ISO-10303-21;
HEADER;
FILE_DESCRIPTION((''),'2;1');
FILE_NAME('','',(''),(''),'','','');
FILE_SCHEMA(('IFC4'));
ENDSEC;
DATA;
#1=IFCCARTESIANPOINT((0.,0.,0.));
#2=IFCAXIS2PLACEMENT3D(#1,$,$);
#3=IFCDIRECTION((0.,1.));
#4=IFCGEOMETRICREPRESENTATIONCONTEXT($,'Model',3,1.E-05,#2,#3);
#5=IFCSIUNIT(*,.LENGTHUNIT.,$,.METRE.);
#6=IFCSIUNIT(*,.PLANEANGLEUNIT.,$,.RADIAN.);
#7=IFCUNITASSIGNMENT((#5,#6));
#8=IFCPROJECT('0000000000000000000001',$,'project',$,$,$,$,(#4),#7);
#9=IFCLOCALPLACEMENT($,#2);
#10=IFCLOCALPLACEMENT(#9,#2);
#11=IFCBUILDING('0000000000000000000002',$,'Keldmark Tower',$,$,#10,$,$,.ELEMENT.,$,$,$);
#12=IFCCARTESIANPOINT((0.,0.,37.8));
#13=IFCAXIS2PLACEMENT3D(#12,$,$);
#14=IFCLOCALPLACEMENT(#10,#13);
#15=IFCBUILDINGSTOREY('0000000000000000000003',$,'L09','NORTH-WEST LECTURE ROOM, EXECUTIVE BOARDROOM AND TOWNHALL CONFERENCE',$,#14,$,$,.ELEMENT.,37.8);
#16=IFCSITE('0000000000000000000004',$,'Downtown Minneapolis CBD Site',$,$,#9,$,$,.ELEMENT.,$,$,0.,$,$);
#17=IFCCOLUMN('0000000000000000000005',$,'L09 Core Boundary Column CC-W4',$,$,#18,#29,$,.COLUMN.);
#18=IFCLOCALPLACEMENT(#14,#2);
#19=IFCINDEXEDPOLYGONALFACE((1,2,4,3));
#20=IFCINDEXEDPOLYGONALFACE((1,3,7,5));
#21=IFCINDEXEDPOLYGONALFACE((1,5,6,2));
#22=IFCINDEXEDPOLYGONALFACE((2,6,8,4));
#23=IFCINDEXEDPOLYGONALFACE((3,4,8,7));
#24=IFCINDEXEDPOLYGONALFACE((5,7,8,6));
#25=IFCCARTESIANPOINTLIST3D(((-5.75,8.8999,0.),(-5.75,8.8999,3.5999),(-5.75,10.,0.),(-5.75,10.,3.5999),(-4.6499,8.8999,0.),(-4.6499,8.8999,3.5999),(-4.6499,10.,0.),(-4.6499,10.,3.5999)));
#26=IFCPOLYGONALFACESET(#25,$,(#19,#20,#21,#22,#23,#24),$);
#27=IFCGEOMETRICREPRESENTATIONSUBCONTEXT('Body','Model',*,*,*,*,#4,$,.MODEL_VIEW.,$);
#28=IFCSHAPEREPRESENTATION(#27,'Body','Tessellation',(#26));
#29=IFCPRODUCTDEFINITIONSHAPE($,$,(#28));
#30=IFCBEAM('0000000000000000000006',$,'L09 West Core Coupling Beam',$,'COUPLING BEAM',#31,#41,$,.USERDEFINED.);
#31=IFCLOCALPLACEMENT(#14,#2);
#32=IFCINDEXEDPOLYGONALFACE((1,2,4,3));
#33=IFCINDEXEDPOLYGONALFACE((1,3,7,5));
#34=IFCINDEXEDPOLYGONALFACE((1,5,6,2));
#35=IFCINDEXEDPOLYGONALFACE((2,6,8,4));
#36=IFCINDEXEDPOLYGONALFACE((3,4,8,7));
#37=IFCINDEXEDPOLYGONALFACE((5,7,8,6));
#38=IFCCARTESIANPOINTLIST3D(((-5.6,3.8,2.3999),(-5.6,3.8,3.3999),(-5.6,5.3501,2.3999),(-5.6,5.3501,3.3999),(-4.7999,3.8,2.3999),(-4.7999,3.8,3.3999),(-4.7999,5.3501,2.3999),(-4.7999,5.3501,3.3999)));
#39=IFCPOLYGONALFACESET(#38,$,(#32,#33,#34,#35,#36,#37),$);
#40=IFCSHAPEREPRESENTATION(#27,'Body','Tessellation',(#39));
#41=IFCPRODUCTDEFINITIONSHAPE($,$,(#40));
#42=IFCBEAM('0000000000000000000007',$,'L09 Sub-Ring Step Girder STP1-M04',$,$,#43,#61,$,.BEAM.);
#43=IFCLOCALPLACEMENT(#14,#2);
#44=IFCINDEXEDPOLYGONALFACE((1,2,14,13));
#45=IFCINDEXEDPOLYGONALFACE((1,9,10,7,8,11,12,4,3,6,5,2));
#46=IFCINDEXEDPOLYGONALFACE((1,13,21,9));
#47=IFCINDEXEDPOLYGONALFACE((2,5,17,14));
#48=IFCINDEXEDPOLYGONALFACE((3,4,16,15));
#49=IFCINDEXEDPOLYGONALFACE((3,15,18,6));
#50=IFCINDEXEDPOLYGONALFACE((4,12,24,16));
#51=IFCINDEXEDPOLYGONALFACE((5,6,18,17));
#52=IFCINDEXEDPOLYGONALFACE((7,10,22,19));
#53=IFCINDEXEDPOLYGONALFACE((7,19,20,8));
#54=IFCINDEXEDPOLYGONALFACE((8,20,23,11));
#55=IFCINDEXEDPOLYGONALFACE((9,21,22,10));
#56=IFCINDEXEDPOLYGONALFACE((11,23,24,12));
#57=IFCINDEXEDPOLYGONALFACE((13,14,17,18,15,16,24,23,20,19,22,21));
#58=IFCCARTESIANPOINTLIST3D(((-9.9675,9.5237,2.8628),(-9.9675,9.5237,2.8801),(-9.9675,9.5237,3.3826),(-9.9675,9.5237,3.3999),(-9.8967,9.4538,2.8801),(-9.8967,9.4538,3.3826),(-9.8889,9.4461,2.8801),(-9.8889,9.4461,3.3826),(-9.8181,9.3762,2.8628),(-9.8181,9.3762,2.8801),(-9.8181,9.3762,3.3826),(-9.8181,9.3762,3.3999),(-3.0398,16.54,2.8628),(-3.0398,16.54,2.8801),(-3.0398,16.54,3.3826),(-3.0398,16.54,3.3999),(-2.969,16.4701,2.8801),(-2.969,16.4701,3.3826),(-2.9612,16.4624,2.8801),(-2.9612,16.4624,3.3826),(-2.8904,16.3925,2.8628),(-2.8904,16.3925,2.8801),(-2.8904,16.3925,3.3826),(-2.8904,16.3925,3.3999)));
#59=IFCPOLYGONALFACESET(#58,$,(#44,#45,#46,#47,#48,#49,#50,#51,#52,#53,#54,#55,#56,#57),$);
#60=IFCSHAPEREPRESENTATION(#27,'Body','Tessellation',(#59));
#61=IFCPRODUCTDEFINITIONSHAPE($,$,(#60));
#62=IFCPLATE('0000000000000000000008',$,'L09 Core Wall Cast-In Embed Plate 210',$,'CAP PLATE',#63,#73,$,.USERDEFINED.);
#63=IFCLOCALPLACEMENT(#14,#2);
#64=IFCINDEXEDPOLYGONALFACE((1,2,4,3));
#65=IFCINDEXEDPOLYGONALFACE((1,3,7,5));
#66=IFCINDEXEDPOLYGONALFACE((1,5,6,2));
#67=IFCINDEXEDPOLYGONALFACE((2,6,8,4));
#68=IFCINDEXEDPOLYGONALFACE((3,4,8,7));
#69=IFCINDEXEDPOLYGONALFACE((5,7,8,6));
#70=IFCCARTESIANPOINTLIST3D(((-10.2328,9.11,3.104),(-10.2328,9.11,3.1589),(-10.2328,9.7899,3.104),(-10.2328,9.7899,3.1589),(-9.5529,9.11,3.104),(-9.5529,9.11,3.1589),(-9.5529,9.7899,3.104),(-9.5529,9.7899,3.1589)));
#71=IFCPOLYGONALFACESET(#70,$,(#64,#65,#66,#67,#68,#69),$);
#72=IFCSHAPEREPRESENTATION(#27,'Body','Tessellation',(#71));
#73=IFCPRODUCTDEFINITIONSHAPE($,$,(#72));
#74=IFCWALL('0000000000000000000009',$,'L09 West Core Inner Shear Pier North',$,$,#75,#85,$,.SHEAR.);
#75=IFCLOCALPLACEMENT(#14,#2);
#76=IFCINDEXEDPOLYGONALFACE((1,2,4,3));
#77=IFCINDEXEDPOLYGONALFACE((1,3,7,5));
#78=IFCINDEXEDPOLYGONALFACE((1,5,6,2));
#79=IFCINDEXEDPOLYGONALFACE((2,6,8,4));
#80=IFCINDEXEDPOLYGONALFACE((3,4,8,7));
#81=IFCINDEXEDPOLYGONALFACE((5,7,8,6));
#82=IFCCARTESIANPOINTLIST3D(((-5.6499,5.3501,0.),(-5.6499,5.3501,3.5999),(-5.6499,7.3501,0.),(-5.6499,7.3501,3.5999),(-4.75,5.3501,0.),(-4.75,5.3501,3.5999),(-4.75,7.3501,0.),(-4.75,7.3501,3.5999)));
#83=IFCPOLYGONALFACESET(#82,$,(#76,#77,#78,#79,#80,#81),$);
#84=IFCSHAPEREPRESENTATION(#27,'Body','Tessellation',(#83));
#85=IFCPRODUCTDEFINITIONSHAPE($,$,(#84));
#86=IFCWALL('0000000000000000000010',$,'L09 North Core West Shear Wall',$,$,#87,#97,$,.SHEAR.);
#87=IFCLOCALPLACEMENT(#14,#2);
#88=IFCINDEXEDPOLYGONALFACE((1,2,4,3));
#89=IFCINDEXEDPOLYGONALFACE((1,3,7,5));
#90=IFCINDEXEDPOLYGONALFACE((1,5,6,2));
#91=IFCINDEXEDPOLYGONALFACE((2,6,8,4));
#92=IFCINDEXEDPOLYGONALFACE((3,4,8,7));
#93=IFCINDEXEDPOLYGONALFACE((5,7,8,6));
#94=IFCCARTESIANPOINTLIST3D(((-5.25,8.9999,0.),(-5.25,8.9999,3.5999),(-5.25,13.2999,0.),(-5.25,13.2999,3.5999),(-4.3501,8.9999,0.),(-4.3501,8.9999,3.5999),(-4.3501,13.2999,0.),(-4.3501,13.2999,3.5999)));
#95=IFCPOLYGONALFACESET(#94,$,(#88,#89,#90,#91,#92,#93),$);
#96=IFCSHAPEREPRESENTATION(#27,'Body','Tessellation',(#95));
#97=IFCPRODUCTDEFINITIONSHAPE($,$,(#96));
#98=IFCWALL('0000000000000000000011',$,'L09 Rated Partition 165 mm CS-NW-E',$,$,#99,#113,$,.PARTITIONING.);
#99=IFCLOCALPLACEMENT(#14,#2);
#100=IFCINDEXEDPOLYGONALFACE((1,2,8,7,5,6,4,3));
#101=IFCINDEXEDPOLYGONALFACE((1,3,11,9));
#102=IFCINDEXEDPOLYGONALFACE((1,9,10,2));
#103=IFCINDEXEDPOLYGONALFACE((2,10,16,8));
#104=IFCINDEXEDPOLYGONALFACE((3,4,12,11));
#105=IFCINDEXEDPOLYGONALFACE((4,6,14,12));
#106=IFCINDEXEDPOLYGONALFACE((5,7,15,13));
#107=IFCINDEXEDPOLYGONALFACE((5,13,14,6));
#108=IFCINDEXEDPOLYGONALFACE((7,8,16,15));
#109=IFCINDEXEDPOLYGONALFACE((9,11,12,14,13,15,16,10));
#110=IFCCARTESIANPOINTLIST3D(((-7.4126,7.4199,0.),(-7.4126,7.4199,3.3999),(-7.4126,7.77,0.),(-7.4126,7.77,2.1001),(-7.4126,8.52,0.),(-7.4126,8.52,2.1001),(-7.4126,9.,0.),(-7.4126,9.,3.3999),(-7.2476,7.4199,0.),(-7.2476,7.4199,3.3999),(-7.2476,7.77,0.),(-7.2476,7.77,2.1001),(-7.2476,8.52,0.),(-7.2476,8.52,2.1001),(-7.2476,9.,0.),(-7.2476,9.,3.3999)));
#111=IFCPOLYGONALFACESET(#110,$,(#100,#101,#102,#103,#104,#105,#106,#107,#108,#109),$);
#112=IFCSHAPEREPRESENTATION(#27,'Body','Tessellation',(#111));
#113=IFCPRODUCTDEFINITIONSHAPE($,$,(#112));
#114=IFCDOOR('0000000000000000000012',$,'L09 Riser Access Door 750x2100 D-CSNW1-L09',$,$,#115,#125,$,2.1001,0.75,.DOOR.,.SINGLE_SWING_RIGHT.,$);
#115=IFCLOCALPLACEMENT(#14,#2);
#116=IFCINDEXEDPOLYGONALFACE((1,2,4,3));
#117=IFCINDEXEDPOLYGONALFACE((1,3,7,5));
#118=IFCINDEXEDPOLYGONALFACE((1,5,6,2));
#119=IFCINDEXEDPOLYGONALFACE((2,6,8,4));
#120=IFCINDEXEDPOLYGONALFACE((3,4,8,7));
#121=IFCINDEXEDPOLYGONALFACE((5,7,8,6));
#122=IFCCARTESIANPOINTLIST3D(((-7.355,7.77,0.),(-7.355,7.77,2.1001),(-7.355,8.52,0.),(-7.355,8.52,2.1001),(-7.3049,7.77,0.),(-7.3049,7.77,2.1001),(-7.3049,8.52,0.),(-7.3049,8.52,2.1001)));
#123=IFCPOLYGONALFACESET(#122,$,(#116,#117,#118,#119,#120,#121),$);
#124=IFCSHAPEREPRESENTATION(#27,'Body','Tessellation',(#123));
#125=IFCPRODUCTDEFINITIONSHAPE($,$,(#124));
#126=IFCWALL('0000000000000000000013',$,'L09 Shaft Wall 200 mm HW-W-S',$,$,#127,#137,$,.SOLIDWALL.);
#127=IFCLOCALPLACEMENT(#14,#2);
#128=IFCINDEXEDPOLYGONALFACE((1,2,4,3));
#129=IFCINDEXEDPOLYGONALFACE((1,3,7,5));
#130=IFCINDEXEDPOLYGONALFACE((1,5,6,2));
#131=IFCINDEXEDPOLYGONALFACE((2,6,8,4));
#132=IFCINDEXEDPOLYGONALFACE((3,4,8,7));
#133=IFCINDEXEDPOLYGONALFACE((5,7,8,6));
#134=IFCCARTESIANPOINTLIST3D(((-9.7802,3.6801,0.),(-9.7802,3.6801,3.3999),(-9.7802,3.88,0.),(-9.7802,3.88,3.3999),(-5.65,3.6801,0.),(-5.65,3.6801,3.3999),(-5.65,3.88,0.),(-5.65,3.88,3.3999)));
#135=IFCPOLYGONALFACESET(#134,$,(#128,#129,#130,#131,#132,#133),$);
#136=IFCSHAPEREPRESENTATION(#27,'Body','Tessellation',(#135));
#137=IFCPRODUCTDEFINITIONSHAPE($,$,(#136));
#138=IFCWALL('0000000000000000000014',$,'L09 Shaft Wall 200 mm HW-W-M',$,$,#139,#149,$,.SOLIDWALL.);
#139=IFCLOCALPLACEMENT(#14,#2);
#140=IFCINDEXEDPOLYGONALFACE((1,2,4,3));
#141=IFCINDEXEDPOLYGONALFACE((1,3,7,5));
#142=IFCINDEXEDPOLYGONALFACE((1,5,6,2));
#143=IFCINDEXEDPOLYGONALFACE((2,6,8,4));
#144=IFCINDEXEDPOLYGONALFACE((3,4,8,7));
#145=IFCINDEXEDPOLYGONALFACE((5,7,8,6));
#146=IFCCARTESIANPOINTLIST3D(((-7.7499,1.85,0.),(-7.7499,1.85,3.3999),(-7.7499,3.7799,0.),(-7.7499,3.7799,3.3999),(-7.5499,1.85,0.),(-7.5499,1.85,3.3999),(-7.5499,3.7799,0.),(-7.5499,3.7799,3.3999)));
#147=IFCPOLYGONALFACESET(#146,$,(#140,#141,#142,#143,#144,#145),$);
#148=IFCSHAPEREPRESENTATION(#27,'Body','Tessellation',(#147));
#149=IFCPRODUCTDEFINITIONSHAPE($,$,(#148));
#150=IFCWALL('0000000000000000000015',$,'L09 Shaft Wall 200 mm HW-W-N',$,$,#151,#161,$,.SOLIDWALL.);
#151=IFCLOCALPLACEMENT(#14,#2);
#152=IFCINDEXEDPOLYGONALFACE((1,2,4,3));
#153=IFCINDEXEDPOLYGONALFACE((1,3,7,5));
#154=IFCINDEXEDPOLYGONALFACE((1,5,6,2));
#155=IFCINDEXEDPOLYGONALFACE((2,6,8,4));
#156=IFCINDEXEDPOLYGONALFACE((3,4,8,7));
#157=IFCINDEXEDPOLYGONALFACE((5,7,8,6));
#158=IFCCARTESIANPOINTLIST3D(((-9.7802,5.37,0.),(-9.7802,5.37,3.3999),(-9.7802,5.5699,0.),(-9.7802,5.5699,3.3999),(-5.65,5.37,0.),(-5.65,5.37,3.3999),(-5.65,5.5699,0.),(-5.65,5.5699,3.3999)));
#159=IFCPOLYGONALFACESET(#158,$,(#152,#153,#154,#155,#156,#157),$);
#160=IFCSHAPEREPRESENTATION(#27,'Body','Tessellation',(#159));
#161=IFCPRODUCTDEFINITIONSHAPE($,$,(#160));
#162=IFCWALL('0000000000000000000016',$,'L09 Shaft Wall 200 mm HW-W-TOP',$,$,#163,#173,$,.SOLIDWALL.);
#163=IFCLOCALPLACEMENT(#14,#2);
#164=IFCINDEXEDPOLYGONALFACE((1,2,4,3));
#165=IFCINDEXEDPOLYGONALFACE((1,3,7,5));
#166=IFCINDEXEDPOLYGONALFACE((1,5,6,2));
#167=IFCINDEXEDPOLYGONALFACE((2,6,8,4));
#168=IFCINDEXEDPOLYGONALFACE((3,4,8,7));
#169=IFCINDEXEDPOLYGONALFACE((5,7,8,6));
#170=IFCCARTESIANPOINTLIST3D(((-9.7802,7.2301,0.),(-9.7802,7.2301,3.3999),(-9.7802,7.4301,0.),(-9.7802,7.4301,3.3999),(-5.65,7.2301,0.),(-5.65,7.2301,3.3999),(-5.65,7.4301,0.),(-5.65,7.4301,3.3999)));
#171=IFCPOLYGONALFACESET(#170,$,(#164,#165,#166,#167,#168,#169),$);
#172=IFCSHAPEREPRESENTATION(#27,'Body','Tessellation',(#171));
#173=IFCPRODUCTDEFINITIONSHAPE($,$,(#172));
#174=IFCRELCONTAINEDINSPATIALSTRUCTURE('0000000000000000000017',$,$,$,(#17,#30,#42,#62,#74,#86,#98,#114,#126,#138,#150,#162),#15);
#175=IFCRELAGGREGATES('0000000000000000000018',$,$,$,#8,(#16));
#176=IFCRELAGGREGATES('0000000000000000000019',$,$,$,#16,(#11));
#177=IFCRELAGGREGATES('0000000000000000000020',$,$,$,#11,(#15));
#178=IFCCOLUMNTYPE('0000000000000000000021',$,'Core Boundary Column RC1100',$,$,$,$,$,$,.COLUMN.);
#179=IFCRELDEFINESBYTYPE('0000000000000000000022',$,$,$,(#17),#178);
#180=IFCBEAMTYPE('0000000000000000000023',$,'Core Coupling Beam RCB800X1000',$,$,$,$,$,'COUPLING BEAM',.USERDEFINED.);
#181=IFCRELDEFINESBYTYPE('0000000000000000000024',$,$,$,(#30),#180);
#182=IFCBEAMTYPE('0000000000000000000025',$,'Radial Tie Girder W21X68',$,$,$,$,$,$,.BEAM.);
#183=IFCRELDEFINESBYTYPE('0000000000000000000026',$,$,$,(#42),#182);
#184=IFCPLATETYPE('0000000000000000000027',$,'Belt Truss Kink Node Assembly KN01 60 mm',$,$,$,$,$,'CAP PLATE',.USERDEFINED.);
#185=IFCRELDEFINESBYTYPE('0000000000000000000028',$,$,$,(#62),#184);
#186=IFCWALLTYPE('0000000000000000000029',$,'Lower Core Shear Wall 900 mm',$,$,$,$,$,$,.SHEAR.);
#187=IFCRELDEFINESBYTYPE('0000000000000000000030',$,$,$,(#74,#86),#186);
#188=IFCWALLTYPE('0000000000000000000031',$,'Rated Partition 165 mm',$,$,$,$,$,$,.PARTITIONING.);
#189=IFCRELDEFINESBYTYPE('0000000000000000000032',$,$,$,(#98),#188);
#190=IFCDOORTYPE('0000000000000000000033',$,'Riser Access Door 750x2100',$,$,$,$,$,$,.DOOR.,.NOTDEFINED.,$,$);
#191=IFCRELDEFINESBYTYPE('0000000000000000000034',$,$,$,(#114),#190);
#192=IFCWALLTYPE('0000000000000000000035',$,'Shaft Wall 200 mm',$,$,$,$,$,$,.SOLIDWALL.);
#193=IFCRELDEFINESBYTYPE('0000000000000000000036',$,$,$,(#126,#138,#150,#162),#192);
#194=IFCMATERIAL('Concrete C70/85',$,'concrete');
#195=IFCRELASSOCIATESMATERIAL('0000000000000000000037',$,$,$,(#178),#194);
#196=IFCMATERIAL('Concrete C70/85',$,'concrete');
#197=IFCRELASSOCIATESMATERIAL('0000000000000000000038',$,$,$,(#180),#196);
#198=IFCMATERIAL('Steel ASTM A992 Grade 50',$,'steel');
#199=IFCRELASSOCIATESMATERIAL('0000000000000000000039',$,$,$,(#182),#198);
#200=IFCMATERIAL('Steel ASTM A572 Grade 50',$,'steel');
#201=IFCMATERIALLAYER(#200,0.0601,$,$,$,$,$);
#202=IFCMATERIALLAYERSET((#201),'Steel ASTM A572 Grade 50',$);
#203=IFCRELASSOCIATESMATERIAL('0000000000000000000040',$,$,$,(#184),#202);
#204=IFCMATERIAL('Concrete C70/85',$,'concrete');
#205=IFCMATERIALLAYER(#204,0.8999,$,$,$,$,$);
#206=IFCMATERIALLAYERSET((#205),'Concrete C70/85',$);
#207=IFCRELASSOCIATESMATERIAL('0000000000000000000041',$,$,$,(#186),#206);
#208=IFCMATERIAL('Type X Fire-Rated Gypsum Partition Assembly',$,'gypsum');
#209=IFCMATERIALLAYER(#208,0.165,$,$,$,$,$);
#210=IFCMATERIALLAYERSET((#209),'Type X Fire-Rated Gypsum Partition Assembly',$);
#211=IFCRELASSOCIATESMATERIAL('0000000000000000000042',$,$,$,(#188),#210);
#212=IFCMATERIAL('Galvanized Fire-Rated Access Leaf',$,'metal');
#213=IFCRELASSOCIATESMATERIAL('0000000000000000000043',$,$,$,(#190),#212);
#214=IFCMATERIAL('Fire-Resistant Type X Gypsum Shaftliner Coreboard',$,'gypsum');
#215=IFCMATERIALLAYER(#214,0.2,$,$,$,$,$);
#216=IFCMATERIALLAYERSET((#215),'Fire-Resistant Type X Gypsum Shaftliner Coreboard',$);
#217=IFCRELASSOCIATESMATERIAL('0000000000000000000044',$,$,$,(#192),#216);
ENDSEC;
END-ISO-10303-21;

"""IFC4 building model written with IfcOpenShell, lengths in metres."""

from ifc_helpers import new_model, si_unit, direction, frame, frame_2d, origin, origin_2d, place, context, subcontext, project, spatial, rectangle, i_section, extrude, material, layer, layer_set, material_profile, profile_set, type_object, element, fill, save


model = new_model("IFC4")

# Units and contexts
model_context = context("Model", 3, precision=1e-05, world=origin(), true_north=direction((0.0, 1.0)))
body_context = subcontext(model_context, "Body", "Model", "MODEL_VIEW")
ifc_project = project(units=[si_unit("LENGTHUNIT", "METRE"), si_unit("PLANEANGLEUNIT", "RADIAN")], contexts=[model_context])

# Site, building, storey
site_placement = place(None, origin())
site = spatial("IfcSite", under=ifc_project, at=site_placement, Name="Downtown Minneapolis CBD Site", CompositionType="ELEMENT", RefElevation=0.0)
building_placement = place(site_placement, origin())
building = spatial("IfcBuilding", under=site, at=building_placement, Name="Keldmark Tower", CompositionType="ELEMENT")
storey_placement = place(building_placement, frame((0.0, 0.0, 37.8)))
storey = spatial("IfcBuildingStorey", under=building, at=storey_placement, Name="L09", Description="NORTH-WEST LECTURE ROOM, EXECUTIVE BOARDROOM AND TOWNHALL CONFERENCE", CompositionType="ELEMENT", Elevation=37.8)

# Column
ifc_material_1 = material(Name="Concrete C70/85", Category="concrete")
ifc_material_profile_1 = material_profile(ifc_material_1, rectangle(XDim=1.1001, YDim=1.1001, at=origin_2d()), Name="RC1100X1100")
ifc_profile_set_1 = profile_set([ifc_material_profile_1], Name="Concrete C70/85")
column_type = type_object("IfcColumnType", Name="Core Boundary Column RC1100", PredefinedType="COLUMN", material=ifc_profile_set_1)
column_placement = place(storey_placement, frame((-5.2, 9.45, 0.0), z_axis=(0.0, 0.0, 1.0), x_axis=(1.0, 0.0, 0.0)))
element("IfcColumn", 1, at=column_placement, inside=storey, type_object=column_type, Name="L09 Core Boundary Column CC-W4", PredefinedType="COLUMN", context=body_context, shape_type="SweptSolid", body=[
    extrude(rectangle(XDim=1.1001, YDim=1.1001, at=origin_2d()), origin(), (0.0, 0.0, 1.0), 3.5999),
])

# Beams
ifc_material_2 = material(Name="Concrete C70/85", Category="concrete")
ifc_material_profile_2 = material_profile(ifc_material_2, rectangle(XDim=0.8, YDim=1.0, at=origin_2d()), Name="RCB800X1000")
ifc_profile_set_2 = profile_set([ifc_material_profile_2], Name="Concrete C70/85")
beam_type_1 = type_object("IfcBeamType", Name="Core Coupling Beam RCB800X1000", ElementType="COUPLING BEAM", PredefinedType="USERDEFINED", material=ifc_profile_set_2)
beam_1_placement = place(storey_placement, frame((-5.2, 3.8, 2.8999), z_axis=(0.0, 1.0, 0.0), x_axis=(-1.0, 0.0, 0.0)))
element("IfcBeam", 2, at=beam_1_placement, inside=storey, type_object=beam_type_1, Name="L09 West Core Coupling Beam", ObjectType="COUPLING BEAM", PredefinedType="USERDEFINED", context=body_context, shape_type="SweptSolid", body=[
    extrude(rectangle(XDim=0.8, YDim=1.0, at=origin_2d()), origin(), (0.0, 0.0, 1.0), 1.55),
])
ifc_material_3 = material(Name="Steel ASTM A992 Grade 50", Category="steel")
ifc_material_profile_3 = material_profile(ifc_material_3, i_section(OverallWidth=0.21, OverallDepth=0.5371, WebThickness=0.011, FlangeThickness=0.0173, at=origin_2d()), Name="W21X68")
ifc_profile_set_3 = profile_set([ifc_material_profile_3], Name="Steel ASTM A992 Grade 50")
beam_type_2 = type_object("IfcBeamType", Name="Radial Tie Girder W21X68", PredefinedType="BEAM", material=ifc_profile_set_3)
beam_2_placement = place(storey_placement, frame((-9.8928, 9.45, 3.1313), z_axis=(0.702599, 0.711586, 0.0), x_axis=(-0.711586, 0.702599, 0.0)))
element("IfcBeam", 3, at=beam_2_placement, inside=storey, type_object=beam_type_2, Name="L09 Sub-Ring Step Girder STP1-M04", PredefinedType="BEAM", context=body_context, shape_type="SweptSolid", body=[
    extrude(i_section(OverallWidth=0.21, OverallDepth=0.5371, WebThickness=0.011, FlangeThickness=0.0173, at=origin_2d()), origin(), (0.0, 0.0, 1.0), 9.8601),
])

# Plate
ifc_material_4 = material(Name="Steel ASTM A572 Grade 50", Category="steel")
ifc_layer_1 = layer(ifc_material_4, 0.0601)
ifc_layer_set_1 = layer_set([ifc_layer_1], Name="Steel ASTM A572 Grade 50")
plate_type = type_object("IfcPlateType", Name="Belt Truss Kink Node Assembly KN01 60 mm", ElementType="CAP PLATE", PredefinedType="USERDEFINED", material=ifc_layer_set_1)
plate_placement = place(storey_placement, frame((-9.8928, 9.45, 3.104), z_axis=(0.0, 0.0, 1.0), x_axis=(1.0, 0.0, 0.0)))
element("IfcPlate", 4, at=plate_placement, inside=storey, type_object=plate_type, Name="L09 Core Wall Cast-In Embed Plate 210", ObjectType="CAP PLATE", PredefinedType="USERDEFINED", context=body_context, shape_type="SweptSolid", body=[
    extrude(rectangle(XDim=0.6799, YDim=0.6799, at=origin_2d()), origin(), (0.0, 0.0, 1.0), 0.0549),
])

# Walls
ifc_material_5 = material(Name="Concrete C70/85", Category="concrete")
ifc_layer_2 = layer(ifc_material_5, 0.8999)
ifc_layer_set_2 = layer_set([ifc_layer_2], Name="Concrete C70/85")
wall_type_1 = type_object("IfcWallType", Name="Lower Core Shear Wall 900 mm", PredefinedType="SHEAR", material=ifc_layer_set_2)
wall_1_placement = place(storey_placement, frame((-5.2, 5.3501, 0.0), z_axis=(0.0, 0.0, 1.0), x_axis=(0.0, 1.0, 0.0)))
element("IfcWall", 5, at=wall_1_placement, inside=storey, type_object=wall_type_1, Name="L09 West Core Inner Shear Pier North", PredefinedType="SHEAR", context=body_context, shape_type="SweptSolid", body=[
    extrude(rectangle(XDim=2.0, YDim=0.8999, at=frame_2d((1.0, 0.0))), origin(), (0.0, 0.0, 1.0), 3.5999),
])
wall_2_placement = place(storey_placement, frame((-4.8, 9.0, 0.0), z_axis=(0.0, 0.0, 1.0), x_axis=(0.0, 1.0, 0.0)))
element("IfcWall", 6, at=wall_2_placement, inside=storey, type_object=wall_type_1, Name="L09 North Core West Shear Wall", PredefinedType="SHEAR", context=body_context, shape_type="SweptSolid", body=[
    extrude(rectangle(XDim=4.3, YDim=0.8999, at=frame_2d((2.1499, 0.0))), origin(), (0.0, 0.0, 1.0), 3.5999),
])

# Wall, opening, door
ifc_material_6 = material(Name="Type X Fire-Rated Gypsum Partition Assembly", Category="gypsum")
ifc_layer_3 = layer(ifc_material_6, 0.165)
ifc_layer_set_3 = layer_set([ifc_layer_3], Name="Type X Fire-Rated Gypsum Partition Assembly")
wall_type_2 = type_object("IfcWallType", Name="Rated Partition 165 mm", PredefinedType="PARTITIONING", material=ifc_layer_set_3)
wall_3_placement = place(storey_placement, frame((-7.3301, 7.4199, 0.0), z_axis=(0.0, 0.0, 1.0), x_axis=(0.0, 1.0, 0.0)))
wall_3 = element("IfcWall", 7, at=wall_3_placement, inside=storey, type_object=wall_type_2, Name="L09 Rated Partition 165 mm CS-NW-E", PredefinedType="PARTITIONING", context=body_context, shape_type="SweptSolid", body=[
    extrude(rectangle(XDim=1.5801, YDim=0.165, at=frame_2d((0.79, 0.0))), origin(), (0.0, 0.0, 1.0), 3.3999),
])
opening_1_placement = place(wall_3_placement, frame((0.3501, 0.0, 0.0)))
opening_1 = element("IfcOpeningElement", 8, at=opening_1_placement, cuts=wall_3, PredefinedType="OPENING", context=body_context, shape_type="SweptSolid", body=[
    extrude(rectangle(XDim=0.75, YDim=2.1001, at=frame_2d((0.375, 1.05))), frame((0.0, 0.0925, 0.0), z_axis=(0.0, -1.0, 0.0), x_axis=(1.0, 0.0, 0.0)), (0.0, 0.0, 1.0), 0.1851),
])
ifc_material_7 = material(Name="Galvanized Fire-Rated Access Leaf", Category="metal")
door_type_1 = type_object("IfcDoorType", Name="Riser Access Door 750x2100", OperationType="NOTDEFINED", PredefinedType="DOOR", material=ifc_material_7)
door_1_placement = place(opening_1_placement, origin())
door_1 = element("IfcDoor", 9, at=door_1_placement, inside=storey, type_object=door_type_1, Name="L09 Riser Access Door 750x2100 D-CSNW1-L09", OperationType="SINGLE_SWING_RIGHT", OverallHeight=2.1001, OverallWidth=0.75, PredefinedType="DOOR", context=body_context, shape_type="SweptSolid", body=[
    extrude(rectangle(XDim=0.75, YDim=2.1001, at=frame_2d((0.375, 1.05))), frame((0.0, 0.0249, 0.0), z_axis=(0.0, -1.0, 0.0), x_axis=(1.0, 0.0, 0.0)), (0.0, 0.0, 1.0), 0.05),
])
fill(opening_1, door_1)

# Walls
ifc_material_8 = material(Name="Fire-Resistant Type X Gypsum Shaftliner Coreboard", Category="gypsum")
ifc_layer_4 = layer(ifc_material_8, 0.2)
ifc_layer_set_4 = layer_set([ifc_layer_4], Name="Fire-Resistant Type X Gypsum Shaftliner Coreboard")
wall_type_3 = type_object("IfcWallType", Name="Shaft Wall 200 mm", PredefinedType="SOLIDWALL", material=ifc_layer_set_4)
wall_4_placement = place(storey_placement, frame((-9.78, 3.78, 0.0), z_axis=(0.0, 0.0, 1.0), x_axis=(1.0, 0.0, 0.0)))
element("IfcWall", 10, at=wall_4_placement, inside=storey, type_object=wall_type_3, Name="L09 Shaft Wall 200 mm HW-W-S", PredefinedType="SOLIDWALL", context=body_context, shape_type="SweptSolid", body=[
    extrude(rectangle(XDim=4.1301, YDim=0.2, at=frame_2d((2.0649, 0.0))), origin(), (0.0, 0.0, 1.0), 3.3999),
])
wall_5_placement = place(storey_placement, frame((-7.6499, 1.8501, 0.0), z_axis=(0.0, 0.0, 1.0), x_axis=(0.0, 1.0, 0.0)))
element("IfcWall", 11, at=wall_5_placement, inside=storey, type_object=wall_type_3, Name="L09 Shaft Wall 200 mm HW-W-M", PredefinedType="SOLIDWALL", context=body_context, shape_type="SweptSolid", body=[
    extrude(rectangle(XDim=1.9299, YDim=0.2, at=frame_2d((0.9648, 0.0))), origin(), (0.0, 0.0, 1.0), 3.3999),
])
for number, where, z_axis, x_axis, name in (
    (12, (-9.78, 5.47, 0.0), (0.0, 0.0, 1.0), (1.0, 0.0, 0.0), "L09 Shaft Wall 200 mm HW-W-N"),
    (13, (-9.78, 7.3301, 0.0), (0.0, 0.0, 1.0), (1.0, 0.0, 0.0), "L09 Shaft Wall 200 mm HW-W-TOP"),
):
    element("IfcWall", number, at=place(storey_placement, frame(where, z_axis=z_axis, x_axis=x_axis)), inside=storey, type_object=wall_type_3, Name=name, PredefinedType="SOLIDWALL", context=body_context, shape_type="SweptSolid", body=[
        extrude(rectangle(XDim=4.1301, YDim=0.2, at=frame_2d((2.0649, 0.0))), origin(), (0.0, 0.0, 1.0), 3.3999),
    ])

save(model, "model.ifc")
